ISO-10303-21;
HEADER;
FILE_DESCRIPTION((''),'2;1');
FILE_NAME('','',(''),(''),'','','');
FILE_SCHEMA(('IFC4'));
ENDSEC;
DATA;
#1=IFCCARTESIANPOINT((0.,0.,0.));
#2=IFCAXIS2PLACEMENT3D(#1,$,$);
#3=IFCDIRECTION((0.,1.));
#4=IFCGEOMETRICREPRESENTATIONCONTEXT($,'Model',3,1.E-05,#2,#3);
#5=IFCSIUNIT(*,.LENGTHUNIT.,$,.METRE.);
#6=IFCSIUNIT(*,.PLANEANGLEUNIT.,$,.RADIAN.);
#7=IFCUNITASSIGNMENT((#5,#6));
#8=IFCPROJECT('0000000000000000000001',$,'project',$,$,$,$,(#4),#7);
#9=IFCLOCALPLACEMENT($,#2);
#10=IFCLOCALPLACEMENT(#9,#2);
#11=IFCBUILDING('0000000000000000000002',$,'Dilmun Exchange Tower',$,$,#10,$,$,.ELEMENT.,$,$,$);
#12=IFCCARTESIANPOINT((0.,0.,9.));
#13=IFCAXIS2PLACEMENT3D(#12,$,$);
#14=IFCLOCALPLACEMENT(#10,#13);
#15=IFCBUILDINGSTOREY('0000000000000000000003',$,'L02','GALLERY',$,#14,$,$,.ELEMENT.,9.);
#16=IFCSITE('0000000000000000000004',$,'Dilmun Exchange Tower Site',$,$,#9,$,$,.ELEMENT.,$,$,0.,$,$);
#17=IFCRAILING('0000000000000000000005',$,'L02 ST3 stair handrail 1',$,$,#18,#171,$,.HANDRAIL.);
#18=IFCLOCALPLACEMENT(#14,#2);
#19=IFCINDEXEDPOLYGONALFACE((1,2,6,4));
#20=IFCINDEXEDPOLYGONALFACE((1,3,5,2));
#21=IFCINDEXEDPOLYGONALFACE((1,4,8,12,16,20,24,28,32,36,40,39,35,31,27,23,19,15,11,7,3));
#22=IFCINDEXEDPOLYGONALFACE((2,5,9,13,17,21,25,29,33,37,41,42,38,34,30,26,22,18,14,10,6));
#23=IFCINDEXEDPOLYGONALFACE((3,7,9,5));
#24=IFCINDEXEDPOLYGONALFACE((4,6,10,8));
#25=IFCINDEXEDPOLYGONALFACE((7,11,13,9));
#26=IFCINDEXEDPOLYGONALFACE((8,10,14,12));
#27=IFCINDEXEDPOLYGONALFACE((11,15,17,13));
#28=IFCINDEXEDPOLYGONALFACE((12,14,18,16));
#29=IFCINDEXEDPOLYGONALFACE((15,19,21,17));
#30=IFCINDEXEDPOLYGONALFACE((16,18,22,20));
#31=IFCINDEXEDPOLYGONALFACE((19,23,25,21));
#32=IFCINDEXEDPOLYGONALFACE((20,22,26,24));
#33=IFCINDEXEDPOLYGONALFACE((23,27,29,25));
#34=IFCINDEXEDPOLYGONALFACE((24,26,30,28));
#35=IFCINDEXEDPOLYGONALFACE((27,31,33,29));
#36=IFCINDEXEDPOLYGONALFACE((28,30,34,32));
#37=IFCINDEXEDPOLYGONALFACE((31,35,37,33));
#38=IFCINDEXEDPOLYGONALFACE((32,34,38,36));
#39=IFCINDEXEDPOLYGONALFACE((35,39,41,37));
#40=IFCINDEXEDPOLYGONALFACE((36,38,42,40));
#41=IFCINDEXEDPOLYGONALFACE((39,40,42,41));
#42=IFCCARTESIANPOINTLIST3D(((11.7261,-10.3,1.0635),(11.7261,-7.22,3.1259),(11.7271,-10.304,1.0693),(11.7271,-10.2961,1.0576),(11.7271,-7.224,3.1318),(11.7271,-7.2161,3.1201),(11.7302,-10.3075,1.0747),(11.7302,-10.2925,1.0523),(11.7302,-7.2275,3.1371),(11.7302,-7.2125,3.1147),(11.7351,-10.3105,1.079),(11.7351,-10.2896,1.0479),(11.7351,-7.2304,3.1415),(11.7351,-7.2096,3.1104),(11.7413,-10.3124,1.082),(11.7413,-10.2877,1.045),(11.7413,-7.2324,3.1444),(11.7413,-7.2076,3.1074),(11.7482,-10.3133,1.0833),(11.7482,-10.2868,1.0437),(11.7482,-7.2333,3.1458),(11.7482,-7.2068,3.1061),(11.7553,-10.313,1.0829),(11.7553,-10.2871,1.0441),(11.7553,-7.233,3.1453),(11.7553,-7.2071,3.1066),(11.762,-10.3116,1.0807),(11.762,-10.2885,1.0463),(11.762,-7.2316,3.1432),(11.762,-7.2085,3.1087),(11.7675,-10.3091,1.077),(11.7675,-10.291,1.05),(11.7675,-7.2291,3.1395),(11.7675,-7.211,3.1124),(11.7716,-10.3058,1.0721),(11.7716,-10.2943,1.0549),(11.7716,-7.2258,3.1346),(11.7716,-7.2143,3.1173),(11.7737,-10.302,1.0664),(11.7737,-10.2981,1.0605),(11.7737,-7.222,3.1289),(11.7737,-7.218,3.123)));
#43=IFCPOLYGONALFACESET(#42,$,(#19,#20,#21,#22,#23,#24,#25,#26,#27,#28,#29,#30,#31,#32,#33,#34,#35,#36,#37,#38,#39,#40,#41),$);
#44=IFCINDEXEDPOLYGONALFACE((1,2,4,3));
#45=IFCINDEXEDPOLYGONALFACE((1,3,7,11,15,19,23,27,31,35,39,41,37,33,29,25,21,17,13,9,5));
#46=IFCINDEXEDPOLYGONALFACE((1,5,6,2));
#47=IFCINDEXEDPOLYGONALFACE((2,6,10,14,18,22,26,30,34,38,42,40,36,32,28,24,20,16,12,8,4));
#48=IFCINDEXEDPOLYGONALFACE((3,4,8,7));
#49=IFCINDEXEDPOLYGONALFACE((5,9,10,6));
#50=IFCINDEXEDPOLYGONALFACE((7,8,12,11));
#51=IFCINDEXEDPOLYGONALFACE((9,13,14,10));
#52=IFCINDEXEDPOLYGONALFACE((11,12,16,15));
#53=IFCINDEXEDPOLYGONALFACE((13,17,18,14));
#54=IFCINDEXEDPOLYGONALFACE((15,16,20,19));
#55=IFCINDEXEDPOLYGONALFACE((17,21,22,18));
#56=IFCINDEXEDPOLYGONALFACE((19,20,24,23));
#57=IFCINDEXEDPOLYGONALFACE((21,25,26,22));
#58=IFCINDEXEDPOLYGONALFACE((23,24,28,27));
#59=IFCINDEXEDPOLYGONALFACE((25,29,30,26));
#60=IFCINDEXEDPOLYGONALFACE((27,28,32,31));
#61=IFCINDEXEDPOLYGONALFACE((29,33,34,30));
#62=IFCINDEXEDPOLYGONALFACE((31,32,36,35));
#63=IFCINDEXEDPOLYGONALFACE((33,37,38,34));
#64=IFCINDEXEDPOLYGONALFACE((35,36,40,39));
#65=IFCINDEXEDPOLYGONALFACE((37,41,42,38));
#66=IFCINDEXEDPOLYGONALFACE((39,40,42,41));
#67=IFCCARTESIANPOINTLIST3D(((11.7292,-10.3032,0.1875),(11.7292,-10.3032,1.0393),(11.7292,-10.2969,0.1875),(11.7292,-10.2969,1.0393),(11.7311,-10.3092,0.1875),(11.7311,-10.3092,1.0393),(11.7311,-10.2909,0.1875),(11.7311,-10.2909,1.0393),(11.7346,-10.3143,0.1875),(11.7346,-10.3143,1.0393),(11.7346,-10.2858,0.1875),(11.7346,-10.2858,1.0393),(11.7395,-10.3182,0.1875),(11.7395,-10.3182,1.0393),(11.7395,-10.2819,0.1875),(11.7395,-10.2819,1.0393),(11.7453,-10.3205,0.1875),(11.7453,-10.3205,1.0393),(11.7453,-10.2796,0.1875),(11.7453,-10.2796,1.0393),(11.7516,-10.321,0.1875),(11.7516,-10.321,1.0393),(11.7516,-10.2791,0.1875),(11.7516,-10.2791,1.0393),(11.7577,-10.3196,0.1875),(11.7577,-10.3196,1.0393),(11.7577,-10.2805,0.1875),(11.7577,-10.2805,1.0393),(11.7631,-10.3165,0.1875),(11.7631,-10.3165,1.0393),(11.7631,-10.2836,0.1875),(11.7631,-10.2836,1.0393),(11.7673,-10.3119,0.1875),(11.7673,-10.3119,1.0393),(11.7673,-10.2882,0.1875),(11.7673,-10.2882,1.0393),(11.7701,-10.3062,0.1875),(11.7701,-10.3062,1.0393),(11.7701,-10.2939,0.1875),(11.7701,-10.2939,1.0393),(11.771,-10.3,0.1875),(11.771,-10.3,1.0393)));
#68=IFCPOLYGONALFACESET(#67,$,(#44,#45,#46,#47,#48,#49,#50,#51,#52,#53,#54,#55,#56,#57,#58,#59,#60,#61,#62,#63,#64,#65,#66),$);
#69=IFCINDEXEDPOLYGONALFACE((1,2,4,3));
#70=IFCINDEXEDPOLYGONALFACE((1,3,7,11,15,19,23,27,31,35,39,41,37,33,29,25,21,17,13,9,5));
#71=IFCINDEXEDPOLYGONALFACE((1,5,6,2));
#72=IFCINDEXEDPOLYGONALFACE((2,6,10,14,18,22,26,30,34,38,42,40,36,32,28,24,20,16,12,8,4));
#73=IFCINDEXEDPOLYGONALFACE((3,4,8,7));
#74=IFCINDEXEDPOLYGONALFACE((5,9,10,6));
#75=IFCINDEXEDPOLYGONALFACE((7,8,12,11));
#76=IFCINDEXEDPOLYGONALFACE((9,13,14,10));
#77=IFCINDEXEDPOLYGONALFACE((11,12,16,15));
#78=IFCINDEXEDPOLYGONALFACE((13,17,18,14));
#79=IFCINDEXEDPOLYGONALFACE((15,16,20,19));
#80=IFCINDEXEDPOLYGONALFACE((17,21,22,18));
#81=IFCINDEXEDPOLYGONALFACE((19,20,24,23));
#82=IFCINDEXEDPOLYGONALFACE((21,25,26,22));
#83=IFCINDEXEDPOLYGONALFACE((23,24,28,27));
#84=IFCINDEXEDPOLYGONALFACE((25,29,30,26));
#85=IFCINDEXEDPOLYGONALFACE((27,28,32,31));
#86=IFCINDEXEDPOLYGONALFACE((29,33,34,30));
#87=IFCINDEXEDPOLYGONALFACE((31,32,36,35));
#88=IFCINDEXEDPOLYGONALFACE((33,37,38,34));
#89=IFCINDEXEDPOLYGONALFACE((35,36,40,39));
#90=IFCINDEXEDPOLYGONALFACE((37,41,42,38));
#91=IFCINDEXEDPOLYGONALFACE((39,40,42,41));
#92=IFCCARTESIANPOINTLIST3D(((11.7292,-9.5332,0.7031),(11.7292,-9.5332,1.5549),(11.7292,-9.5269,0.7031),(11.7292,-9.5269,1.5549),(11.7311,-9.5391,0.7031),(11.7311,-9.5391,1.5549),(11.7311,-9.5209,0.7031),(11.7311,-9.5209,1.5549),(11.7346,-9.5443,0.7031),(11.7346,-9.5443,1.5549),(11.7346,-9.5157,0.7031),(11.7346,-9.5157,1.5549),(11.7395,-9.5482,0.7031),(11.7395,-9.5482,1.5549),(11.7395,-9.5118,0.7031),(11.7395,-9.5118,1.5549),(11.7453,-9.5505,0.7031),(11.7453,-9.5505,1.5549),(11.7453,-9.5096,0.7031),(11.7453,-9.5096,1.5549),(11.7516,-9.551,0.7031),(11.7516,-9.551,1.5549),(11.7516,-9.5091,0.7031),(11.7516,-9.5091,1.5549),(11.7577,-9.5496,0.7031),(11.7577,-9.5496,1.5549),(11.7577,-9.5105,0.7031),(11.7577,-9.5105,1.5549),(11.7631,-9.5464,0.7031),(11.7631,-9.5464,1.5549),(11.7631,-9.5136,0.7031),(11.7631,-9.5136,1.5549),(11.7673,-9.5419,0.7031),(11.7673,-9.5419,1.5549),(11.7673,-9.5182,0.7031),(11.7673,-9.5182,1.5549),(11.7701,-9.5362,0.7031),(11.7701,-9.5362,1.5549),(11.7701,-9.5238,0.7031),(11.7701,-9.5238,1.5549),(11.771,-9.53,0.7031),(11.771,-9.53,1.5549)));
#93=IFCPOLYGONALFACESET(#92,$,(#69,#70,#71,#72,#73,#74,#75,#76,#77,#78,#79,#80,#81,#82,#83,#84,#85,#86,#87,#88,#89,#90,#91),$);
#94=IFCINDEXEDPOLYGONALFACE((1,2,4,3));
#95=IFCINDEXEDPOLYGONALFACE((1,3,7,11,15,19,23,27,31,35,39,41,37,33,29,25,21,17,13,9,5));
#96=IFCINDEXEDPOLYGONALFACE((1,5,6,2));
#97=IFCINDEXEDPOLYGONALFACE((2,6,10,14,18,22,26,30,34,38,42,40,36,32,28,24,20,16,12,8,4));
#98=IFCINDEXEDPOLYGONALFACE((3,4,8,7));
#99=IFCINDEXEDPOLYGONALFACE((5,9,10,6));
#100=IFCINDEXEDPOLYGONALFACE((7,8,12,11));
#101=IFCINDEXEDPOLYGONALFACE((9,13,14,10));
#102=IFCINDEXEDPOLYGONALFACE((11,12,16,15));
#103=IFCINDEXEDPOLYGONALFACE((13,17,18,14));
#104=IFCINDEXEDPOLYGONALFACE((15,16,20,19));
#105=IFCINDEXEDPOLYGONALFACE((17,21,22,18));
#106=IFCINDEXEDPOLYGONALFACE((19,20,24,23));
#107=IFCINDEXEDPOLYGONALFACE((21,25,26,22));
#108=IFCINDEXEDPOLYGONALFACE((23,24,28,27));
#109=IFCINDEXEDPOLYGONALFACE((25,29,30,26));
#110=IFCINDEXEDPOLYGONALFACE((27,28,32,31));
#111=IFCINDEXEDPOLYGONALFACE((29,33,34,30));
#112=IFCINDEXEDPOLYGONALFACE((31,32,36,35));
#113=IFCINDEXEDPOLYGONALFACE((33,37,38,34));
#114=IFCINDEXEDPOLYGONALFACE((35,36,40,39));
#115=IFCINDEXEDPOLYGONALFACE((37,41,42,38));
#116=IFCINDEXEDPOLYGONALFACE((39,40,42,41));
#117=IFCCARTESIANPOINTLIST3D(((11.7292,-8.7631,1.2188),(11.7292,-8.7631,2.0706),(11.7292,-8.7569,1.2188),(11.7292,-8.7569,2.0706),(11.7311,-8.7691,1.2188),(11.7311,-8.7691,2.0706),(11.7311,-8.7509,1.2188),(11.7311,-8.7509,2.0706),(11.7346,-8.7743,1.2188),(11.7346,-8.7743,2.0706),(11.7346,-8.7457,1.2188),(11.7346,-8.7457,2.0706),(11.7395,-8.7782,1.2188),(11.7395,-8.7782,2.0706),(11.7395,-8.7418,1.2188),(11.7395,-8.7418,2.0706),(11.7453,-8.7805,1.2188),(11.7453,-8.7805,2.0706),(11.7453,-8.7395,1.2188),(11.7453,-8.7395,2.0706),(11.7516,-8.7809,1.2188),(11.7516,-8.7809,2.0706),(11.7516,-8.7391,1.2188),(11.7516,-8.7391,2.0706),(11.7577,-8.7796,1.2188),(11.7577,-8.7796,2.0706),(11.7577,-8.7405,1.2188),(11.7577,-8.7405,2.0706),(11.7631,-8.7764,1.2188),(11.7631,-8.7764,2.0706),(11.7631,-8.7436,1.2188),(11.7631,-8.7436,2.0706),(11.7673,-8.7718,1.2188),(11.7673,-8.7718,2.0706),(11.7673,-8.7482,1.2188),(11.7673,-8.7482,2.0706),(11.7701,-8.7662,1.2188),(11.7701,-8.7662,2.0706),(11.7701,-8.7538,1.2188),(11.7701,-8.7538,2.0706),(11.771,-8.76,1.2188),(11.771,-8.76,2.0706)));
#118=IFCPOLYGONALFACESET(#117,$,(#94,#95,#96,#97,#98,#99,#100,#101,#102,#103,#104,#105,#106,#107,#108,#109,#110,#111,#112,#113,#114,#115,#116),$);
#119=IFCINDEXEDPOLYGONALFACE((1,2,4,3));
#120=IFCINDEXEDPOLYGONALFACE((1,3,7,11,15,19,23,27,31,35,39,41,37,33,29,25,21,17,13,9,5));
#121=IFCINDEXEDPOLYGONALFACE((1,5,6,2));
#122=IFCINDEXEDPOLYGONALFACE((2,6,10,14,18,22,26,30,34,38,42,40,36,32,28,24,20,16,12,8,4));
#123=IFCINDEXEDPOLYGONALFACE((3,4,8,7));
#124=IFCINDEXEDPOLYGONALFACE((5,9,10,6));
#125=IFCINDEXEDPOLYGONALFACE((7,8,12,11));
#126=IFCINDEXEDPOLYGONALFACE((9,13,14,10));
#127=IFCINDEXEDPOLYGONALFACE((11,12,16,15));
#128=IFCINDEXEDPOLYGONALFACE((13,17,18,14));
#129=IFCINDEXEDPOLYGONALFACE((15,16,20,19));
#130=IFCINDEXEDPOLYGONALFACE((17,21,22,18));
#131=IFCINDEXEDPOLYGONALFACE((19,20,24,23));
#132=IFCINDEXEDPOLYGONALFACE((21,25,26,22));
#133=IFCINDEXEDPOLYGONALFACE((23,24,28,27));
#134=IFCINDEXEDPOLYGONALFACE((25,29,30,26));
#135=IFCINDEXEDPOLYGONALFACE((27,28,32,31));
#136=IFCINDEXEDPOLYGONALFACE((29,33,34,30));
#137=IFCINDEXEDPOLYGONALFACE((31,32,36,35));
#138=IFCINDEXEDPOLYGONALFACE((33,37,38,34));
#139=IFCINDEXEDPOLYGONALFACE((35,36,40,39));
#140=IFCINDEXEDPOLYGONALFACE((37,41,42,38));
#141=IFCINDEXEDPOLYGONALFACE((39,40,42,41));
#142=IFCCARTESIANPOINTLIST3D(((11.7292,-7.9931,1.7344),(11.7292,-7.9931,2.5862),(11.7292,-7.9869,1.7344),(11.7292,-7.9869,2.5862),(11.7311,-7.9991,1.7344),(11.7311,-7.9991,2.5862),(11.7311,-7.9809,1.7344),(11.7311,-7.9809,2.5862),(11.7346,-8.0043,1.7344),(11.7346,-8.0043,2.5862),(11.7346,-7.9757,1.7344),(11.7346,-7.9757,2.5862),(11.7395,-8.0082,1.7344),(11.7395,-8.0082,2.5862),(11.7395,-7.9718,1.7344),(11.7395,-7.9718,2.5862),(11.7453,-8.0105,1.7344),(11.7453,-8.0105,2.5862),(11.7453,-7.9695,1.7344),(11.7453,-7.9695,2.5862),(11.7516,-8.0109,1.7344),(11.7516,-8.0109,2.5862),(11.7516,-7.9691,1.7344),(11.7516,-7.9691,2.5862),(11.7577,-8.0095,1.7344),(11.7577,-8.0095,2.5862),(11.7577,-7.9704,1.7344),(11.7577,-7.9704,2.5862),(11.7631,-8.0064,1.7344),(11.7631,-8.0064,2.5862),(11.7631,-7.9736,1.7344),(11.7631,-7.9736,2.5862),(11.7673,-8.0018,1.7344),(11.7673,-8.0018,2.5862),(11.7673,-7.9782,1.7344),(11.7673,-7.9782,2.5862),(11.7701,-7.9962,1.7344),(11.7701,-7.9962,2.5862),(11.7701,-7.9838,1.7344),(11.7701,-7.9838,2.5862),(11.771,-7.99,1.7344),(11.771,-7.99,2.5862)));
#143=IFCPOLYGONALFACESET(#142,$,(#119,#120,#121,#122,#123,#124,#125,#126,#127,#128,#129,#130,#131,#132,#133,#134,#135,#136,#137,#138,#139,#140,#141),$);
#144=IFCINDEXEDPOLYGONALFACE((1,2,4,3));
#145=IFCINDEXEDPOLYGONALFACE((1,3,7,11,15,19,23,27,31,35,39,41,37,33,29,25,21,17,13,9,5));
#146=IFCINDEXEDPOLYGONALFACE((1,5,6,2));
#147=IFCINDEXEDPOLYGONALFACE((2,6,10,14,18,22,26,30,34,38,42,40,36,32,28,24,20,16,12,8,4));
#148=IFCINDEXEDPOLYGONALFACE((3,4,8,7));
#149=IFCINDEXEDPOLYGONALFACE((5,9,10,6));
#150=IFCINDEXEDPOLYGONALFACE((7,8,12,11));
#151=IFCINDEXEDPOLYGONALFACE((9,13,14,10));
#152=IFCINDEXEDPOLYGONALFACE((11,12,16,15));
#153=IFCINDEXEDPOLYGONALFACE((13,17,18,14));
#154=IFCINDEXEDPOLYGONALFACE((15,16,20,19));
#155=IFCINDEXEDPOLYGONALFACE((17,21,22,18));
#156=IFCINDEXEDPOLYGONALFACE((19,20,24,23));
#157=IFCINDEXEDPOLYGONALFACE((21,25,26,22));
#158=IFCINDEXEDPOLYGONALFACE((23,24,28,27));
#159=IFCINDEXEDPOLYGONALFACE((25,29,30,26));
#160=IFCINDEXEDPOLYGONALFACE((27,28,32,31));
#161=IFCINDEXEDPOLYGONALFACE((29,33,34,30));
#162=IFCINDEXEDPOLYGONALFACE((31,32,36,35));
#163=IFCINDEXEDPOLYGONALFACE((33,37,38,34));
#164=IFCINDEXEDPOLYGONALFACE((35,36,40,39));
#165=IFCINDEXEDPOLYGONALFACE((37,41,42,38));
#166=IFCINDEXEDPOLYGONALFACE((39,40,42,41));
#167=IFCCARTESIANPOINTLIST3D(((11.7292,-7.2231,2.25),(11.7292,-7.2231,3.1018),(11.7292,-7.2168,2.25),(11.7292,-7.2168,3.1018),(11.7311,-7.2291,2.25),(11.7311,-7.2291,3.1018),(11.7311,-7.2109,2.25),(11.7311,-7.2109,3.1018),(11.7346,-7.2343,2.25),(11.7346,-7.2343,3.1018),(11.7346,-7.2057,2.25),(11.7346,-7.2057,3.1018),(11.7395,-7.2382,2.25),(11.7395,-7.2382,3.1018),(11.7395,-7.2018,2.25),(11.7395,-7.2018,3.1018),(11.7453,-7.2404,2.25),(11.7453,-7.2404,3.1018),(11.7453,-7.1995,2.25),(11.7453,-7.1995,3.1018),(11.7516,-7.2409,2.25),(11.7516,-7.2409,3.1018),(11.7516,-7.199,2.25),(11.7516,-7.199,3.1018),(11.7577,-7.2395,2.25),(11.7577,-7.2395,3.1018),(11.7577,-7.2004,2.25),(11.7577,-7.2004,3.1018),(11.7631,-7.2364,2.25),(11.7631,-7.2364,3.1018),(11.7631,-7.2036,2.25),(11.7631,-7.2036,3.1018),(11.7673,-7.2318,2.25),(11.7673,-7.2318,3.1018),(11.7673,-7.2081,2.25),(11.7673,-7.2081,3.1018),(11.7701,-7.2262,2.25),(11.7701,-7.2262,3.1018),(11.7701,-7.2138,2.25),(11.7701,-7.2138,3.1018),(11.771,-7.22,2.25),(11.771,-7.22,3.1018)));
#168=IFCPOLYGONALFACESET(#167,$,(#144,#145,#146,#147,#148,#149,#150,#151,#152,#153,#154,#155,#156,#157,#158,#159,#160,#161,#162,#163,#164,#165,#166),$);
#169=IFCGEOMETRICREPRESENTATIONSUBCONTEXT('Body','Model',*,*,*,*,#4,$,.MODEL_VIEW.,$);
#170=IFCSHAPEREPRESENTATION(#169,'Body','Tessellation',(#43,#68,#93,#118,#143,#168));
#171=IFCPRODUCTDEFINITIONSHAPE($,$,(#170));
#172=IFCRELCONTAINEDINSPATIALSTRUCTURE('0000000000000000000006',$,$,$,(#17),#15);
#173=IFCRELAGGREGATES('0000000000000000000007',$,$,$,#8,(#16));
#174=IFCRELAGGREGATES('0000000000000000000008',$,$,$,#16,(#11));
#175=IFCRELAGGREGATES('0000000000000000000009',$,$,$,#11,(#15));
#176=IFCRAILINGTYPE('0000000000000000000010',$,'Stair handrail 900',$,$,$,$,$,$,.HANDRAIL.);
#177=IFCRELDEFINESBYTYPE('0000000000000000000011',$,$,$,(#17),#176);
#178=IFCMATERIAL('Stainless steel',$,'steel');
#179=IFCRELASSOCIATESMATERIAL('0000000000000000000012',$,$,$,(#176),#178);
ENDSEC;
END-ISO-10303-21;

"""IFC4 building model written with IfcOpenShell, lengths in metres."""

from ifc_helpers import new_model, si_unit, direction, frame, origin, origin_2d, place, context, subcontext, project, spatial, circle, extrude, material, type_object, element, save


model = new_model("IFC4")

# Units and contexts
model_context = context("Model", 3, precision=1e-05, world=origin(), true_north=direction((0.0, 1.0)))
body_context = subcontext(model_context, "Body", "Model", "MODEL_VIEW")
ifc_project = project(units=[si_unit("LENGTHUNIT", "METRE"), si_unit("PLANEANGLEUNIT", "RADIAN")], contexts=[model_context])

# Site, building, storey
site_placement = place(None, origin())
site = spatial("IfcSite", under=ifc_project, at=site_placement, Name="Dilmun Exchange Tower Site", CompositionType="ELEMENT", RefElevation=0.0)
building_placement = place(site_placement, origin())
building = spatial("IfcBuilding", under=site, at=building_placement, Name="Dilmun Exchange Tower", CompositionType="ELEMENT")
storey_placement = place(building_placement, frame((0.0, 0.0, 9.0)))
storey = spatial("IfcBuildingStorey", under=building, at=storey_placement, Name="L02", Description="GALLERY", CompositionType="ELEMENT", Elevation=9.0)

# Railing
ifc_material_1 = material(Name="Stainless steel", Category="steel")
railing_type_1 = type_object("IfcRailingType", Name="Stair handrail 900", PredefinedType="HANDRAIL", material=ifc_material_1)
railing_1_placement = place(storey_placement, frame((11.75, -10.3, 0.1875)))
element("IfcRailing", 1, at=railing_1_placement, inside=storey, type_object=railing_type_1, Name="L02 ST3 stair handrail 1", PredefinedType="HANDRAIL", context=body_context, shape_type="SweptSolid", body=[
    extrude(circle(Radius=0.0239, at=origin_2d()), frame((0.0, 0.0, 0.876), z_axis=(0.0, 0.830914, 0.556401), x_axis=(-1.0, 0.0, 0.0)), (0.0, 0.0, 1.0), 3.7068),
    extrude(circle(Radius=0.021, at=origin_2d()), origin(), (0.0, 0.0, 1.0), 0.8518),
    extrude(circle(Radius=0.021, at=origin_2d()), frame((0.0, 0.77, 0.5156)), (0.0, 0.0, 1.0), 0.8518),
    extrude(circle(Radius=0.021, at=origin_2d()), frame((0.0, 1.54, 1.0312)), (0.0, 0.0, 1.0), 0.8518),
    extrude(circle(Radius=0.021, at=origin_2d()), frame((0.0, 2.3101, 1.5469)), (0.0, 0.0, 1.0), 0.8518),
    extrude(circle(Radius=0.021, at=origin_2d()), frame((0.0, 3.0801, 2.0625)), (0.0, 0.0, 1.0), 0.8518),
])

save(model, "model.ifc")
